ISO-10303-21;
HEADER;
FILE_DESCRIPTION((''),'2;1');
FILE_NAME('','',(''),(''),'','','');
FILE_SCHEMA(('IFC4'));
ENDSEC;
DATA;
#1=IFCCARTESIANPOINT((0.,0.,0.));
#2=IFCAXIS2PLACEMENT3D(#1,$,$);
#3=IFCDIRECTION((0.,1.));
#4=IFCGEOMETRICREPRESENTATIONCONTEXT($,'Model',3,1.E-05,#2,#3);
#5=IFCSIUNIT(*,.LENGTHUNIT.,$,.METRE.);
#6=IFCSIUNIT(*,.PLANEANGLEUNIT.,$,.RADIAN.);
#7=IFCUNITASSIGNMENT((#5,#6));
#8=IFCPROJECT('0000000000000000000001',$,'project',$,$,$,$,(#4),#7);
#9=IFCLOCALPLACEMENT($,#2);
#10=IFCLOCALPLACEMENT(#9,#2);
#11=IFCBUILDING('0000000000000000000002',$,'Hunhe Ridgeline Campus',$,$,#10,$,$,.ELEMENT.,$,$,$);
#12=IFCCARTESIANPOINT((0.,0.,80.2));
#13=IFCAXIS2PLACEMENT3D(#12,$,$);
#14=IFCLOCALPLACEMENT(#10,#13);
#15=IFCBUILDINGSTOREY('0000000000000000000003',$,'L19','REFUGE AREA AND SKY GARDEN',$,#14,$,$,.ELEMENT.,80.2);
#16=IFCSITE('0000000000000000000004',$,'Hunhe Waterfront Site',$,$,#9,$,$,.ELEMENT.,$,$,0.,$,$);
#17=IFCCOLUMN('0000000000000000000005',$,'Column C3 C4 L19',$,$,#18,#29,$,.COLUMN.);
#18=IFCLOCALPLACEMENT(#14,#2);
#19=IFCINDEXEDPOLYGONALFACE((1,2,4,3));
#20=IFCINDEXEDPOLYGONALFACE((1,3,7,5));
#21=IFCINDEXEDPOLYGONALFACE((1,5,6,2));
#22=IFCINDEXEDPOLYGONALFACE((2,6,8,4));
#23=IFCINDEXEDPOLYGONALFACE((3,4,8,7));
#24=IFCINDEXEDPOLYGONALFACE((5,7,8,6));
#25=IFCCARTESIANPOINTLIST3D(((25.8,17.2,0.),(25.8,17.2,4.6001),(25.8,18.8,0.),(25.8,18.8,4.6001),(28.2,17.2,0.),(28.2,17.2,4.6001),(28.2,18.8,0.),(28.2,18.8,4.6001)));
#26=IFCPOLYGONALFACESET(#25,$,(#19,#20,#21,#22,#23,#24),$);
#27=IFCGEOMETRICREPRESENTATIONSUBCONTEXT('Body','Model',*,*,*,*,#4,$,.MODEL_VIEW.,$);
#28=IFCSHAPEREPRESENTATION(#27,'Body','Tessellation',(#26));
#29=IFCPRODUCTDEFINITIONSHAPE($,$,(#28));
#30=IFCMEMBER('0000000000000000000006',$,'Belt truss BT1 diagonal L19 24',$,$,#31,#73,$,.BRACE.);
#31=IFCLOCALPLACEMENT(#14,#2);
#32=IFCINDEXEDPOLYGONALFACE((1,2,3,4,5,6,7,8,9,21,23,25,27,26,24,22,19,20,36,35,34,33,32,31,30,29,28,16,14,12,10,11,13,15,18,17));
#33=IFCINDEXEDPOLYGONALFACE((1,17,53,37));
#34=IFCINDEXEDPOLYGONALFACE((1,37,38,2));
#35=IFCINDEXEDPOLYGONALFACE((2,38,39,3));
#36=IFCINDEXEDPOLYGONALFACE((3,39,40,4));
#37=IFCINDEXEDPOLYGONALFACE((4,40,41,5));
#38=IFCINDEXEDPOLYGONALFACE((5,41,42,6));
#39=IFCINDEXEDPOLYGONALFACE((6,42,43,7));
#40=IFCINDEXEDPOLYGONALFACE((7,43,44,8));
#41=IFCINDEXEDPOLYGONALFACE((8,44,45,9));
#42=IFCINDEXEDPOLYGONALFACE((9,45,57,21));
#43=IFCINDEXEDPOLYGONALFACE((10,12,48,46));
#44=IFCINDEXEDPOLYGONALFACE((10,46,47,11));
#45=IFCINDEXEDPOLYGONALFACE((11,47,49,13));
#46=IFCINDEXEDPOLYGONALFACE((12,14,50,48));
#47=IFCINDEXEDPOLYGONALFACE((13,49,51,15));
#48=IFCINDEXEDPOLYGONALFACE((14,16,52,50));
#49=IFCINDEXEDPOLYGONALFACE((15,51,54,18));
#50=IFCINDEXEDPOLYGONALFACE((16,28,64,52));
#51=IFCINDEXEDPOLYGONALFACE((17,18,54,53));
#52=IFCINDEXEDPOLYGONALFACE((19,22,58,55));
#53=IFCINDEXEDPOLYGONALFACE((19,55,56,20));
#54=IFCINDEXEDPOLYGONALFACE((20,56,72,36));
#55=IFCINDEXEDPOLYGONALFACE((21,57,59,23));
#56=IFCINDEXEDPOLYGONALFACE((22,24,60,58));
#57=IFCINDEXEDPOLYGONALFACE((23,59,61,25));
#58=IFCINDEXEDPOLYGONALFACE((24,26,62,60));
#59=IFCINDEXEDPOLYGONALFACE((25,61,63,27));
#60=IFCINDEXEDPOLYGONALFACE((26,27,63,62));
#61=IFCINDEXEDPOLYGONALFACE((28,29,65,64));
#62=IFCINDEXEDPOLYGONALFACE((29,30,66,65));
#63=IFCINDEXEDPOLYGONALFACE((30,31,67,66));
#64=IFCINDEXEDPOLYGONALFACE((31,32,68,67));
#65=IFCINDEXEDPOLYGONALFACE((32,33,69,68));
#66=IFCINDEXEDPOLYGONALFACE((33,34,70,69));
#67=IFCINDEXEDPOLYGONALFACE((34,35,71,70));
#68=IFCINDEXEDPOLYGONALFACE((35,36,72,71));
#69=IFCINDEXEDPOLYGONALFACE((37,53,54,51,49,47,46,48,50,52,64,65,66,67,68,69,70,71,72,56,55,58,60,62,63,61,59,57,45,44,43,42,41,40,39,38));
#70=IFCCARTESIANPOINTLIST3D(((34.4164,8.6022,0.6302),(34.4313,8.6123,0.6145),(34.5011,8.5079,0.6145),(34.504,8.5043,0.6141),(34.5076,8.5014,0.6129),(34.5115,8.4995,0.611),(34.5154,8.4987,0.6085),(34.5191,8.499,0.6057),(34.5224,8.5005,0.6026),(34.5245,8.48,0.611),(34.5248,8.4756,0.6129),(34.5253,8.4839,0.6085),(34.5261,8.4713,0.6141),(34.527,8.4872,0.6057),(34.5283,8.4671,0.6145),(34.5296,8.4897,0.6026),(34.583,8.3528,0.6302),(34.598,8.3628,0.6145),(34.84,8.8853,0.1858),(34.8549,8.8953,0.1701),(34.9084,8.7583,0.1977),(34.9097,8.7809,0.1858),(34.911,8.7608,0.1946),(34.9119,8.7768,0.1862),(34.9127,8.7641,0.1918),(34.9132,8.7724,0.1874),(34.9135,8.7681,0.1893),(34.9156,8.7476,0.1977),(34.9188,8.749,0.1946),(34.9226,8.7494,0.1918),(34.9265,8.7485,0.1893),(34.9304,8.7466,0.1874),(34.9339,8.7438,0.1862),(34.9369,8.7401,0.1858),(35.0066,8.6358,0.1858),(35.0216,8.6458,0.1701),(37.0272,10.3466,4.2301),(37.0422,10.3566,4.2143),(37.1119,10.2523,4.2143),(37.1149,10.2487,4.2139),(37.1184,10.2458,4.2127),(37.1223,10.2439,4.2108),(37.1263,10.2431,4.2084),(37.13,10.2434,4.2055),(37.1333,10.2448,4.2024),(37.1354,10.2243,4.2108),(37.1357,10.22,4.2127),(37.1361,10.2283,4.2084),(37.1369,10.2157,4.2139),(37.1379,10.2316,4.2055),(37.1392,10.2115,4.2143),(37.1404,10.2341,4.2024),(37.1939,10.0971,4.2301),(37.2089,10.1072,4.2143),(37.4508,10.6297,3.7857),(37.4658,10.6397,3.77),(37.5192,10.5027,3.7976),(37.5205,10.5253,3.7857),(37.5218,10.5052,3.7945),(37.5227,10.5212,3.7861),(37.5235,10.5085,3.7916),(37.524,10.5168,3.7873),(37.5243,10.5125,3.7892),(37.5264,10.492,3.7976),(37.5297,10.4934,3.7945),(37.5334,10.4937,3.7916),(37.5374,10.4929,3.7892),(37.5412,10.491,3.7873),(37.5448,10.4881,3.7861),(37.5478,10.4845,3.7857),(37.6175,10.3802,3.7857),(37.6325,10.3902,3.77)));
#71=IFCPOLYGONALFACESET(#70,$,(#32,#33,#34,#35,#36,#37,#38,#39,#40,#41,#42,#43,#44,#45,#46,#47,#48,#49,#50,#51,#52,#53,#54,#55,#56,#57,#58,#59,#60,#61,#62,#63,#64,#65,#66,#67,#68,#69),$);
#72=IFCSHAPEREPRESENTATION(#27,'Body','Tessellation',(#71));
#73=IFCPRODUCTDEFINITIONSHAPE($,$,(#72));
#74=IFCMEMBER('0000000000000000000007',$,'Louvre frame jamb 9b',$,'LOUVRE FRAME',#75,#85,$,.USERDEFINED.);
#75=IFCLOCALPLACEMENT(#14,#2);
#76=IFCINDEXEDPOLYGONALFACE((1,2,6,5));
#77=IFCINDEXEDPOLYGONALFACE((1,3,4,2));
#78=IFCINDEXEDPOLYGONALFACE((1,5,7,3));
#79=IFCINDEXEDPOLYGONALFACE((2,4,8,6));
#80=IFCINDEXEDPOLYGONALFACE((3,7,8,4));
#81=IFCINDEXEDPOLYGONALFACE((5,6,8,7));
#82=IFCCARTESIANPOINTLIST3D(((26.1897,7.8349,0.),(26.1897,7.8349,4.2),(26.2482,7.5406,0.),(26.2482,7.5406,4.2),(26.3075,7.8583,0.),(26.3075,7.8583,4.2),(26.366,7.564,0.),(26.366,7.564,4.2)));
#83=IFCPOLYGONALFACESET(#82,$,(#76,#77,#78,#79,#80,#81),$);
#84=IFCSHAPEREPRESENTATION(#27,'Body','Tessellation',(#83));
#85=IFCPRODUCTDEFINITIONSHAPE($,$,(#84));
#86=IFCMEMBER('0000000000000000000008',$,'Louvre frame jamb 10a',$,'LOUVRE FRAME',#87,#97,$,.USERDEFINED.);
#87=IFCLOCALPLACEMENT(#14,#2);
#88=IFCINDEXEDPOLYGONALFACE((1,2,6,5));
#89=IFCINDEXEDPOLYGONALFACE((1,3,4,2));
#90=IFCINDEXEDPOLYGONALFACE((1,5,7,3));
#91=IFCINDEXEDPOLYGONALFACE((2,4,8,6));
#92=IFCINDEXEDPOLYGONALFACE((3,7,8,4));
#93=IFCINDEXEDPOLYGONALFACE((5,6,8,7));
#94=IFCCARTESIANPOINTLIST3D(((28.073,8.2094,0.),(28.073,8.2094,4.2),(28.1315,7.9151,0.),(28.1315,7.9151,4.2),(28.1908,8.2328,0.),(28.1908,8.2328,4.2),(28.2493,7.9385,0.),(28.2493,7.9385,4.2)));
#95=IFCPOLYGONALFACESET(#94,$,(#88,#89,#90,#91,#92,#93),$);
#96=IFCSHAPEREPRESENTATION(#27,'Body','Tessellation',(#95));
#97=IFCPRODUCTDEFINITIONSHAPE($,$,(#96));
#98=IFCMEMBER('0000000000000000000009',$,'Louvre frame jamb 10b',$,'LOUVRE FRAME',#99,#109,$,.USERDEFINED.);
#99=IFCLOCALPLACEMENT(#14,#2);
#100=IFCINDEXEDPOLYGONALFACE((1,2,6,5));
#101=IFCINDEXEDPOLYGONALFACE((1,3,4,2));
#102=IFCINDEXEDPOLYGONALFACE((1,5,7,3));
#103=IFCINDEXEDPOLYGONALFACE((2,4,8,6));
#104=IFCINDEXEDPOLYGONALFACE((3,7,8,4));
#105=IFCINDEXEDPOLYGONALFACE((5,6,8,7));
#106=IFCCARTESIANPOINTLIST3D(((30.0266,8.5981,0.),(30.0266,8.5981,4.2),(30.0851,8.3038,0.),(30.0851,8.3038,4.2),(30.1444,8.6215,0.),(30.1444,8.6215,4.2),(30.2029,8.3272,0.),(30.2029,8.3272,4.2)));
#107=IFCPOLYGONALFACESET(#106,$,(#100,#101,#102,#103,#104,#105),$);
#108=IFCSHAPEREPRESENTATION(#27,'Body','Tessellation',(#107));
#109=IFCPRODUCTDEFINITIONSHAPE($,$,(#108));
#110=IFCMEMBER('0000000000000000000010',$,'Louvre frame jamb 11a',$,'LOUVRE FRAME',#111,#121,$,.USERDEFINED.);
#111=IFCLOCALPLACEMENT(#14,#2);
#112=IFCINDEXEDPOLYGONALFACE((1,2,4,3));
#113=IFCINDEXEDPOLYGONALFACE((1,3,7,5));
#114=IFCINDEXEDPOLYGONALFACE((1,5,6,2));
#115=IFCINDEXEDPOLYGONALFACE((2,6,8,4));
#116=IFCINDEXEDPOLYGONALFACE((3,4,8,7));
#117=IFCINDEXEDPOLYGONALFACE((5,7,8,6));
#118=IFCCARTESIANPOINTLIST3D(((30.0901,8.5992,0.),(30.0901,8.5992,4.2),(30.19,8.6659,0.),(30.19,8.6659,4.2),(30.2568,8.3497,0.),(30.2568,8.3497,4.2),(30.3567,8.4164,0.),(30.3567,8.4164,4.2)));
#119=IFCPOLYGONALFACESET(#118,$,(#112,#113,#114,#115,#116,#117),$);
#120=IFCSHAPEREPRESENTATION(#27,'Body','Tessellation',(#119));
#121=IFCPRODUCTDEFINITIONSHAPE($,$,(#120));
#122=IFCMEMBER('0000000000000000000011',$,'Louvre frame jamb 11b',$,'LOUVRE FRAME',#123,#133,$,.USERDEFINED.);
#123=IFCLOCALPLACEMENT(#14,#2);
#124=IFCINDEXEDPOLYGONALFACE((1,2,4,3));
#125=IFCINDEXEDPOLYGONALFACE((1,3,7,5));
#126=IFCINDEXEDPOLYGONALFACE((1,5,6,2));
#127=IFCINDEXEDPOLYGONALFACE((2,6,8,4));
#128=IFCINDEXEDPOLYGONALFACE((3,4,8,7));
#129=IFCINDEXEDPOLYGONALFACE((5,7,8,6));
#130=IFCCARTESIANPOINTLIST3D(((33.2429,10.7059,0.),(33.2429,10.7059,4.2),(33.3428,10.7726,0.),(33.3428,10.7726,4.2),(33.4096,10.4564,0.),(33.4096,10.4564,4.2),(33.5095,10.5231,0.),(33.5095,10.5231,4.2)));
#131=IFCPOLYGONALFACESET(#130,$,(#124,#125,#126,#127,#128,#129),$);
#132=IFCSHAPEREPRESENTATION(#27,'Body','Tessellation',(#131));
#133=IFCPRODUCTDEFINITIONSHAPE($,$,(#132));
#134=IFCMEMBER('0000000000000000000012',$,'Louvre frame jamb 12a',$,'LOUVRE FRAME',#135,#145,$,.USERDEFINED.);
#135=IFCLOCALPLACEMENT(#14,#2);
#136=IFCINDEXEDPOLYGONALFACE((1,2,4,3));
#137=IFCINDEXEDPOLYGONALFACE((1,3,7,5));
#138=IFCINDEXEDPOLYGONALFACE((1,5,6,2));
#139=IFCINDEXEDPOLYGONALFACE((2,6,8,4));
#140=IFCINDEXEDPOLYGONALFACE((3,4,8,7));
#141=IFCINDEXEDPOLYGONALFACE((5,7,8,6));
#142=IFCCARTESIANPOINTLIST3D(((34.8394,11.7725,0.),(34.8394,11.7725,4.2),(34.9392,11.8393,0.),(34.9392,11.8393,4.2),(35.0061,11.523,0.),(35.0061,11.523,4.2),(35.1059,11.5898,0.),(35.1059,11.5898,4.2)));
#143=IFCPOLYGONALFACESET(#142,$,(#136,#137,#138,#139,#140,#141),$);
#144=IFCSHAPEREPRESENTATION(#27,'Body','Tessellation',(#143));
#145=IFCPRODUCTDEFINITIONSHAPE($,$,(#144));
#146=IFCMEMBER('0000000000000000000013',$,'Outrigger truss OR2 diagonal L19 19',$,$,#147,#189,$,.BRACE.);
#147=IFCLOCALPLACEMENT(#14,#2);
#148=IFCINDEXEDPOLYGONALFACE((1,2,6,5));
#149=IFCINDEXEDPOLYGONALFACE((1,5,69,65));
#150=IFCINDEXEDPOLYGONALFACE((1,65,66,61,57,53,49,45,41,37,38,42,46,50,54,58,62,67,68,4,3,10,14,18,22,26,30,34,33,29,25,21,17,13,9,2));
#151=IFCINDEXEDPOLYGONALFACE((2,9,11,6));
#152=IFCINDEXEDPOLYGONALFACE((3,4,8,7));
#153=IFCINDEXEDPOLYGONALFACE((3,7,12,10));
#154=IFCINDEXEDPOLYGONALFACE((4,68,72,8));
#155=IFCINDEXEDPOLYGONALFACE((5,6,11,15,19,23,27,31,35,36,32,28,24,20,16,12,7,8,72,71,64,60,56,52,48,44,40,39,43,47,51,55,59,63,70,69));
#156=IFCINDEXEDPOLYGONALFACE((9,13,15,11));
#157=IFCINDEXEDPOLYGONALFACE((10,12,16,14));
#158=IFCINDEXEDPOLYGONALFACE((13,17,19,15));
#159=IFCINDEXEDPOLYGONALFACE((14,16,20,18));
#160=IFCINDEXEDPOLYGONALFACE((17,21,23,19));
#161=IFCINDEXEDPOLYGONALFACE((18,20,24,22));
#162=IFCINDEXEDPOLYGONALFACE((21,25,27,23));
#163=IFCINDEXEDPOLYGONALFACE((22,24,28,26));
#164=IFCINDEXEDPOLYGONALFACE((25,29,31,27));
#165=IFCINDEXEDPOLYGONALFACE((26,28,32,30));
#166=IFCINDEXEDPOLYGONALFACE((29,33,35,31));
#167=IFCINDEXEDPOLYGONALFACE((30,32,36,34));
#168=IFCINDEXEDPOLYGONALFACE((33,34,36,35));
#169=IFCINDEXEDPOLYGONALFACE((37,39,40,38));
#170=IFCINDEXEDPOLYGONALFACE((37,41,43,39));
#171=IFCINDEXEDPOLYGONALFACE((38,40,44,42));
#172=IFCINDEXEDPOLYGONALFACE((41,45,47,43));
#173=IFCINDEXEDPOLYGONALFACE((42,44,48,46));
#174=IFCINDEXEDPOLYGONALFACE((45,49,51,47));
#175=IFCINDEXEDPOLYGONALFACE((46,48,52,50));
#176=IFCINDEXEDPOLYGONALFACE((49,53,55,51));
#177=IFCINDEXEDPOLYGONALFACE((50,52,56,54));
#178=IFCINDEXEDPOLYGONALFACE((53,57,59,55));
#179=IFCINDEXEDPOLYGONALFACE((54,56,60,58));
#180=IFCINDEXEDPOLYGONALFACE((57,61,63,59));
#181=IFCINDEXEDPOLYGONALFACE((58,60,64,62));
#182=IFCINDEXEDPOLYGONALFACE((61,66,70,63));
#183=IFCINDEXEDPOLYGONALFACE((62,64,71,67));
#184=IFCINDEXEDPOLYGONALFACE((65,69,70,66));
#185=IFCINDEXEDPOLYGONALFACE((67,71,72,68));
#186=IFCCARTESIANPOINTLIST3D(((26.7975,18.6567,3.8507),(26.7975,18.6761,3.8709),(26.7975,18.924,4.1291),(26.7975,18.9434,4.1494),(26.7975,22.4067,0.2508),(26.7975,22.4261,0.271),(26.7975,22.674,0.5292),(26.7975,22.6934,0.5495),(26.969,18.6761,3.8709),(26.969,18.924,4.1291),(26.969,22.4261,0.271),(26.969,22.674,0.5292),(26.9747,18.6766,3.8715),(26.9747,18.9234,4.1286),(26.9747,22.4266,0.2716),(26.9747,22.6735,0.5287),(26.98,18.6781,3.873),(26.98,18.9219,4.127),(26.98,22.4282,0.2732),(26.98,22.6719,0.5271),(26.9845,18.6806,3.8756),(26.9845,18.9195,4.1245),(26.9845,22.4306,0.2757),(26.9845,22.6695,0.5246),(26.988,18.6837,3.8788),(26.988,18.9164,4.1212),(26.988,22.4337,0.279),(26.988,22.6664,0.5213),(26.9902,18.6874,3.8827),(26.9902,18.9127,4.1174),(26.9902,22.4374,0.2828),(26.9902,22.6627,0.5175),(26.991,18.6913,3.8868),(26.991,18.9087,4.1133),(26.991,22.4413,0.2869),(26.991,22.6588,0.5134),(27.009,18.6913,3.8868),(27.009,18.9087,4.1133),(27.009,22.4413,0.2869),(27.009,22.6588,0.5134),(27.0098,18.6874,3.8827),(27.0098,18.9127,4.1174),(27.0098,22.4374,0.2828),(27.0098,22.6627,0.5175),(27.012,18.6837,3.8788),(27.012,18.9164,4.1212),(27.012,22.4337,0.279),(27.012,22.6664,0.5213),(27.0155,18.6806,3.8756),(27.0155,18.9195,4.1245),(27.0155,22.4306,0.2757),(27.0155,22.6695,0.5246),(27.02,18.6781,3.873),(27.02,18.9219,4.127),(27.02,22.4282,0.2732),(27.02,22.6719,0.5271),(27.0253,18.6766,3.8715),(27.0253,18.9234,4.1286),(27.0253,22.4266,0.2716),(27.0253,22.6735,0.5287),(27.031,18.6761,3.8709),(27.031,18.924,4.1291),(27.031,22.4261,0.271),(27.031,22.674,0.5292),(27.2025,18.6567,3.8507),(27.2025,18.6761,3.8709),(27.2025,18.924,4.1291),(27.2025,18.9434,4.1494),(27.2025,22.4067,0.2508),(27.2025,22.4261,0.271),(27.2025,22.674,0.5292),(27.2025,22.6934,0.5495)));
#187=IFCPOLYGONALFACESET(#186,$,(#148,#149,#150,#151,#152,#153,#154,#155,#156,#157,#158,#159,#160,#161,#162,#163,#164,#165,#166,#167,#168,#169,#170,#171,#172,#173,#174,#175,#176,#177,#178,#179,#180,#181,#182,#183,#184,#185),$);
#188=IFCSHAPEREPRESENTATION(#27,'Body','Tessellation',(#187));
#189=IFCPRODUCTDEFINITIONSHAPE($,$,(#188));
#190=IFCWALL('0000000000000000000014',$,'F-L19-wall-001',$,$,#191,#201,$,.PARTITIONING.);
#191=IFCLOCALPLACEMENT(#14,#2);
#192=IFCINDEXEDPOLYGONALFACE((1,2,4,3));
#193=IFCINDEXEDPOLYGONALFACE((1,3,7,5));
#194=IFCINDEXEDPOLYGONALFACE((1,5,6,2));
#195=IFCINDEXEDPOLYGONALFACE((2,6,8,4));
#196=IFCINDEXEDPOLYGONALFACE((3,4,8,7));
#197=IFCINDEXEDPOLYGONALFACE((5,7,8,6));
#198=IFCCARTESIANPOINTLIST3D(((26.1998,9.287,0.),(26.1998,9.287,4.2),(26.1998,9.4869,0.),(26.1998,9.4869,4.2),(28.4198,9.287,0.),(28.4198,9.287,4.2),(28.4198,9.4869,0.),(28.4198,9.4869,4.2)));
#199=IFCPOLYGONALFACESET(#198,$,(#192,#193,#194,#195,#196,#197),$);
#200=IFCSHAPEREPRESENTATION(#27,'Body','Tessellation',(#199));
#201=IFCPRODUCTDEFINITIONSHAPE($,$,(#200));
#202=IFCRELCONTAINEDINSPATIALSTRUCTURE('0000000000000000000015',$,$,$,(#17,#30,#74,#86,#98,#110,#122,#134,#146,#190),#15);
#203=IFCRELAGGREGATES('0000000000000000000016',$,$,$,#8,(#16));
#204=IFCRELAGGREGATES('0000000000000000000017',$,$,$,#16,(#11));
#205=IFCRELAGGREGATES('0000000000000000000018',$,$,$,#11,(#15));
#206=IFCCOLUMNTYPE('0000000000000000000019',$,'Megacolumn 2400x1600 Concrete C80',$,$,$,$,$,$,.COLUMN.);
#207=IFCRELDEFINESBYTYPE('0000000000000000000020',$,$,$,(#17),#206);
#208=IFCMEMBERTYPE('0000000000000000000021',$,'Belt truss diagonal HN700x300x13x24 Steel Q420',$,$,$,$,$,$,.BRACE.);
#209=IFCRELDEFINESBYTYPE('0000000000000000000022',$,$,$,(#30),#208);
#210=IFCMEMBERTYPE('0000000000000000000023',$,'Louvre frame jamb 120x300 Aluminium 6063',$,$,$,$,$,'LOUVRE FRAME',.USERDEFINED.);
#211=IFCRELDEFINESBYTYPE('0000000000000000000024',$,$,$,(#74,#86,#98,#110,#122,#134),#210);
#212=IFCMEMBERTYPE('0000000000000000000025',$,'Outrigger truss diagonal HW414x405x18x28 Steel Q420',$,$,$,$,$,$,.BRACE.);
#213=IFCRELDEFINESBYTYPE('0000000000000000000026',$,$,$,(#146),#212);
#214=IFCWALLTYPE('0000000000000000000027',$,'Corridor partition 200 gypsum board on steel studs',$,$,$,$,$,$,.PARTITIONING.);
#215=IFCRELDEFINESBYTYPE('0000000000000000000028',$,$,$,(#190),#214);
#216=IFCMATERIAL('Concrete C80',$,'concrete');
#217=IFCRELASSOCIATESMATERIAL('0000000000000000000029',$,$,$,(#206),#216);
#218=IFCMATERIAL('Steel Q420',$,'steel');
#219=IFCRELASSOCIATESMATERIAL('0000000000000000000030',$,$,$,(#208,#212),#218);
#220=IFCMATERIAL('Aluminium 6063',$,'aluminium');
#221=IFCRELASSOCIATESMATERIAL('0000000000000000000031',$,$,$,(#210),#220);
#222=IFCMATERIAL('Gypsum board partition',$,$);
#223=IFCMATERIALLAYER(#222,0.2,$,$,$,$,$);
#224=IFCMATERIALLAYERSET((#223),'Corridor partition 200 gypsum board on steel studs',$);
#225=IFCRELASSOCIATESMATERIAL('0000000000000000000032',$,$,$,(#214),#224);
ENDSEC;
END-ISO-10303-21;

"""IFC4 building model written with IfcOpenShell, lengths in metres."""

from ifc_helpers import new_model, si_unit, direction, frame, frame_2d, origin, origin_2d, place, context, subcontext, project, spatial, rectangle, i_section, extrude, material, layer, layer_set, material_profile, profile_set, type_object, element, save


model = new_model("IFC4")

# Units and contexts
model_context = context("Model", 3, precision=1e-05, world=origin(), true_north=direction((0.0, 1.0)))
body_context = subcontext(model_context, "Body", "Model", "MODEL_VIEW")
ifc_project = project(units=[si_unit("LENGTHUNIT", "METRE"), si_unit("PLANEANGLEUNIT", "RADIAN")], contexts=[model_context])

# Site, building, storey
site_placement = place(None, origin())
site = spatial("IfcSite", under=ifc_project, at=site_placement, Name="Hunhe Waterfront Site", CompositionType="ELEMENT", RefElevation=0.0)
building_placement = place(site_placement, origin())
building = spatial("IfcBuilding", under=site, at=building_placement, Name="Hunhe Ridgeline Campus", CompositionType="ELEMENT")
storey_placement = place(building_placement, frame((0.0, 0.0, 80.2)))
storey = spatial("IfcBuildingStorey", under=building, at=storey_placement, Name="L19", Description="REFUGE AREA AND SKY GARDEN", CompositionType="ELEMENT", Elevation=80.2)

# Column
ifc_material_1 = material(Name="Concrete C80", Category="concrete")
ifc_material_profile_1 = material_profile(ifc_material_1, rectangle(XDim=2.3999, YDim=1.6001, at=origin_2d()))
ifc_profile_set_1 = profile_set([ifc_material_profile_1], Name="Concrete C80")
column_type = type_object("IfcColumnType", Name="Megacolumn 2400x1600 Concrete C80", PredefinedType="COLUMN", material=ifc_profile_set_1)
column_placement = place(storey_placement, frame((27.0, 18.0, 0.0), z_axis=(0.0, 0.0, 1.0), x_axis=(1.0, 0.0, 0.0)))
element("IfcColumn", 1, at=column_placement, inside=storey, type_object=column_type, Name="Column C3 C4 L19", PredefinedType="COLUMN", context=body_context, shape_type="SweptSolid", body=[
    extrude(rectangle(XDim=2.3999, YDim=1.6001, at=origin_2d()), origin(), (0.0, 0.0, 1.0), 4.6001),
])

# Members
ifc_material_2 = material(Name="Steel Q420", Category="steel")
ifc_material_profile_2 = material_profile(ifc_material_2, i_section(OverallWidth=0.3, OverallDepth=0.7, WebThickness=0.0129, FlangeThickness=0.0239, FilletRadius=0.0181, at=origin_2d()))
ifc_profile_set_2 = profile_set([ifc_material_profile_2], Name="Steel Q420")
member_type_1 = type_object("IfcMemberType", Name="Belt truss diagonal HN700x300x13x24 Steel Q420", PredefinedType="BRACE", material=ifc_profile_set_2)
member_1_placement = place(storey_placement, frame((34.719, 8.624, 0.4001), z_axis=(0.546561, 0.365175, 0.753604), x_axis=(-0.555543, 0.831488, 0.0)))
element("IfcMember", 2, at=member_1_placement, inside=storey, type_object=member_type_1, Name="Belt truss BT1 diagonal L19 24", PredefinedType="BRACE", context=body_context, shape_type="SweptSolid", body=[
    extrude(i_section(OverallWidth=0.3, OverallDepth=0.7, WebThickness=0.0129, FlangeThickness=0.0239, FilletRadius=0.0181, at=origin_2d()), origin(), (0.0, 0.0, 1.0), 4.7769),
])
ifc_material_3 = material(Name="Aluminium 6063", Category="aluminium")
ifc_material_profile_3 = material_profile(ifc_material_3, rectangle(XDim=0.3, YDim=0.1201, at=origin_2d()))
ifc_profile_set_3 = profile_set([ifc_material_profile_3], Name="Aluminium 6063")
member_type_2 = type_object("IfcMemberType", Name="Louvre frame jamb 120x300 Aluminium 6063", ElementType="LOUVRE FRAME", PredefinedType="USERDEFINED", material=ifc_profile_set_3)
for number, where, z_axis, x_axis, name in (
    (3, (26.2778, 7.6995, 0.0), (0.0, 0.0, 1.0), (-0.19509, 0.980785, 0.0), "Louvre frame jamb 9b"),
    (4, (28.1611, 8.074, 0.0), (0.0, 0.0, 1.0), (-0.19509, 0.980785, 0.0), "Louvre frame jamb 10a"),
    (5, (30.1147, 8.4626, 0.0), (0.0, 0.0, 1.0), (-0.19509, 0.980785, 0.0), "Louvre frame jamb 10b"),
    (6, (30.2234, 8.5078, 0.0), (0.0, 0.0, 1.0), (-0.55557, 0.83147, 0.0), "Louvre frame jamb 11a"),
    (7, (33.3762, 10.6145, 0.0), (0.0, 0.0, 1.0), (-0.55557, 0.83147, 0.0), "Louvre frame jamb 11b"),
    (8, (34.9727, 11.6812, 0.0), (0.0, 0.0, 1.0), (-0.55557, 0.83147, 0.0), "Louvre frame jamb 12a"),
):
    element("IfcMember", number, at=place(storey_placement, frame(where, z_axis=z_axis, x_axis=x_axis)), inside=storey, type_object=member_type_2, Name=name, ObjectType="LOUVRE FRAME", PredefinedType="USERDEFINED", context=body_context, shape_type="SweptSolid", body=[
        extrude(rectangle(XDim=0.3, YDim=0.1201, at=origin_2d()), origin(), (0.0, 0.0, 1.0), 4.2),
    ])
ifc_material_profile_4 = material_profile(ifc_material_2, i_section(OverallWidth=0.405, OverallDepth=0.4141, WebThickness=0.0181, FlangeThickness=0.0281, FilletRadius=0.022, at=origin_2d()))
ifc_profile_set_4 = profile_set([ifc_material_profile_4], Name="Steel Q420")
member_type_3 = type_object("IfcMemberType", Name="Outrigger truss diagonal HW414x405x18x28 Steel Q420", PredefinedType="BRACE", material=ifc_profile_set_4)
member_2_placement = place(storey_placement, frame((27.0, 22.55, 0.4001), z_axis=(0.0, -0.721401, 0.692517), x_axis=(1.0, 0.0, 0.0)))
element("IfcMember", 9, at=member_2_placement, inside=storey, type_object=member_type_3, Name="Outrigger truss OR2 diagonal L19 19", PredefinedType="BRACE", context=body_context, shape_type="SweptSolid", body=[
    extrude(i_section(OverallWidth=0.405, OverallDepth=0.4141, WebThickness=0.0181, FlangeThickness=0.0281, FilletRadius=0.022, at=origin_2d()), origin(), (0.0, 0.0, 1.0), 5.1982),
])

# Wall
ifc_material_4 = material(Name="Gypsum board partition")
ifc_layer_1 = layer(ifc_material_4, 0.2)
ifc_layer_set_1 = layer_set([ifc_layer_1], Name="Corridor partition 200 gypsum board on steel studs")
wall_type_1 = type_object("IfcWallType", Name="Corridor partition 200 gypsum board on steel studs", PredefinedType="PARTITIONING", material=ifc_layer_set_1)
wall_1_placement = place(storey_placement, frame((26.2, 9.387, 0.0), z_axis=(0.0, 0.0, 1.0), x_axis=(1.0, 0.0, 0.0)))
element("IfcWall", 10, at=wall_1_placement, inside=storey, type_object=wall_type_1, Name="F-L19-wall-001", PredefinedType="PARTITIONING", context=body_context, shape_type="SweptSolid", body=[
    extrude(rectangle(XDim=2.22, YDim=0.2, at=frame_2d((1.1099, 0.0))), origin(), (0.0, 0.0, 1.0), 4.2),
])

save(model, "model.ifc")
